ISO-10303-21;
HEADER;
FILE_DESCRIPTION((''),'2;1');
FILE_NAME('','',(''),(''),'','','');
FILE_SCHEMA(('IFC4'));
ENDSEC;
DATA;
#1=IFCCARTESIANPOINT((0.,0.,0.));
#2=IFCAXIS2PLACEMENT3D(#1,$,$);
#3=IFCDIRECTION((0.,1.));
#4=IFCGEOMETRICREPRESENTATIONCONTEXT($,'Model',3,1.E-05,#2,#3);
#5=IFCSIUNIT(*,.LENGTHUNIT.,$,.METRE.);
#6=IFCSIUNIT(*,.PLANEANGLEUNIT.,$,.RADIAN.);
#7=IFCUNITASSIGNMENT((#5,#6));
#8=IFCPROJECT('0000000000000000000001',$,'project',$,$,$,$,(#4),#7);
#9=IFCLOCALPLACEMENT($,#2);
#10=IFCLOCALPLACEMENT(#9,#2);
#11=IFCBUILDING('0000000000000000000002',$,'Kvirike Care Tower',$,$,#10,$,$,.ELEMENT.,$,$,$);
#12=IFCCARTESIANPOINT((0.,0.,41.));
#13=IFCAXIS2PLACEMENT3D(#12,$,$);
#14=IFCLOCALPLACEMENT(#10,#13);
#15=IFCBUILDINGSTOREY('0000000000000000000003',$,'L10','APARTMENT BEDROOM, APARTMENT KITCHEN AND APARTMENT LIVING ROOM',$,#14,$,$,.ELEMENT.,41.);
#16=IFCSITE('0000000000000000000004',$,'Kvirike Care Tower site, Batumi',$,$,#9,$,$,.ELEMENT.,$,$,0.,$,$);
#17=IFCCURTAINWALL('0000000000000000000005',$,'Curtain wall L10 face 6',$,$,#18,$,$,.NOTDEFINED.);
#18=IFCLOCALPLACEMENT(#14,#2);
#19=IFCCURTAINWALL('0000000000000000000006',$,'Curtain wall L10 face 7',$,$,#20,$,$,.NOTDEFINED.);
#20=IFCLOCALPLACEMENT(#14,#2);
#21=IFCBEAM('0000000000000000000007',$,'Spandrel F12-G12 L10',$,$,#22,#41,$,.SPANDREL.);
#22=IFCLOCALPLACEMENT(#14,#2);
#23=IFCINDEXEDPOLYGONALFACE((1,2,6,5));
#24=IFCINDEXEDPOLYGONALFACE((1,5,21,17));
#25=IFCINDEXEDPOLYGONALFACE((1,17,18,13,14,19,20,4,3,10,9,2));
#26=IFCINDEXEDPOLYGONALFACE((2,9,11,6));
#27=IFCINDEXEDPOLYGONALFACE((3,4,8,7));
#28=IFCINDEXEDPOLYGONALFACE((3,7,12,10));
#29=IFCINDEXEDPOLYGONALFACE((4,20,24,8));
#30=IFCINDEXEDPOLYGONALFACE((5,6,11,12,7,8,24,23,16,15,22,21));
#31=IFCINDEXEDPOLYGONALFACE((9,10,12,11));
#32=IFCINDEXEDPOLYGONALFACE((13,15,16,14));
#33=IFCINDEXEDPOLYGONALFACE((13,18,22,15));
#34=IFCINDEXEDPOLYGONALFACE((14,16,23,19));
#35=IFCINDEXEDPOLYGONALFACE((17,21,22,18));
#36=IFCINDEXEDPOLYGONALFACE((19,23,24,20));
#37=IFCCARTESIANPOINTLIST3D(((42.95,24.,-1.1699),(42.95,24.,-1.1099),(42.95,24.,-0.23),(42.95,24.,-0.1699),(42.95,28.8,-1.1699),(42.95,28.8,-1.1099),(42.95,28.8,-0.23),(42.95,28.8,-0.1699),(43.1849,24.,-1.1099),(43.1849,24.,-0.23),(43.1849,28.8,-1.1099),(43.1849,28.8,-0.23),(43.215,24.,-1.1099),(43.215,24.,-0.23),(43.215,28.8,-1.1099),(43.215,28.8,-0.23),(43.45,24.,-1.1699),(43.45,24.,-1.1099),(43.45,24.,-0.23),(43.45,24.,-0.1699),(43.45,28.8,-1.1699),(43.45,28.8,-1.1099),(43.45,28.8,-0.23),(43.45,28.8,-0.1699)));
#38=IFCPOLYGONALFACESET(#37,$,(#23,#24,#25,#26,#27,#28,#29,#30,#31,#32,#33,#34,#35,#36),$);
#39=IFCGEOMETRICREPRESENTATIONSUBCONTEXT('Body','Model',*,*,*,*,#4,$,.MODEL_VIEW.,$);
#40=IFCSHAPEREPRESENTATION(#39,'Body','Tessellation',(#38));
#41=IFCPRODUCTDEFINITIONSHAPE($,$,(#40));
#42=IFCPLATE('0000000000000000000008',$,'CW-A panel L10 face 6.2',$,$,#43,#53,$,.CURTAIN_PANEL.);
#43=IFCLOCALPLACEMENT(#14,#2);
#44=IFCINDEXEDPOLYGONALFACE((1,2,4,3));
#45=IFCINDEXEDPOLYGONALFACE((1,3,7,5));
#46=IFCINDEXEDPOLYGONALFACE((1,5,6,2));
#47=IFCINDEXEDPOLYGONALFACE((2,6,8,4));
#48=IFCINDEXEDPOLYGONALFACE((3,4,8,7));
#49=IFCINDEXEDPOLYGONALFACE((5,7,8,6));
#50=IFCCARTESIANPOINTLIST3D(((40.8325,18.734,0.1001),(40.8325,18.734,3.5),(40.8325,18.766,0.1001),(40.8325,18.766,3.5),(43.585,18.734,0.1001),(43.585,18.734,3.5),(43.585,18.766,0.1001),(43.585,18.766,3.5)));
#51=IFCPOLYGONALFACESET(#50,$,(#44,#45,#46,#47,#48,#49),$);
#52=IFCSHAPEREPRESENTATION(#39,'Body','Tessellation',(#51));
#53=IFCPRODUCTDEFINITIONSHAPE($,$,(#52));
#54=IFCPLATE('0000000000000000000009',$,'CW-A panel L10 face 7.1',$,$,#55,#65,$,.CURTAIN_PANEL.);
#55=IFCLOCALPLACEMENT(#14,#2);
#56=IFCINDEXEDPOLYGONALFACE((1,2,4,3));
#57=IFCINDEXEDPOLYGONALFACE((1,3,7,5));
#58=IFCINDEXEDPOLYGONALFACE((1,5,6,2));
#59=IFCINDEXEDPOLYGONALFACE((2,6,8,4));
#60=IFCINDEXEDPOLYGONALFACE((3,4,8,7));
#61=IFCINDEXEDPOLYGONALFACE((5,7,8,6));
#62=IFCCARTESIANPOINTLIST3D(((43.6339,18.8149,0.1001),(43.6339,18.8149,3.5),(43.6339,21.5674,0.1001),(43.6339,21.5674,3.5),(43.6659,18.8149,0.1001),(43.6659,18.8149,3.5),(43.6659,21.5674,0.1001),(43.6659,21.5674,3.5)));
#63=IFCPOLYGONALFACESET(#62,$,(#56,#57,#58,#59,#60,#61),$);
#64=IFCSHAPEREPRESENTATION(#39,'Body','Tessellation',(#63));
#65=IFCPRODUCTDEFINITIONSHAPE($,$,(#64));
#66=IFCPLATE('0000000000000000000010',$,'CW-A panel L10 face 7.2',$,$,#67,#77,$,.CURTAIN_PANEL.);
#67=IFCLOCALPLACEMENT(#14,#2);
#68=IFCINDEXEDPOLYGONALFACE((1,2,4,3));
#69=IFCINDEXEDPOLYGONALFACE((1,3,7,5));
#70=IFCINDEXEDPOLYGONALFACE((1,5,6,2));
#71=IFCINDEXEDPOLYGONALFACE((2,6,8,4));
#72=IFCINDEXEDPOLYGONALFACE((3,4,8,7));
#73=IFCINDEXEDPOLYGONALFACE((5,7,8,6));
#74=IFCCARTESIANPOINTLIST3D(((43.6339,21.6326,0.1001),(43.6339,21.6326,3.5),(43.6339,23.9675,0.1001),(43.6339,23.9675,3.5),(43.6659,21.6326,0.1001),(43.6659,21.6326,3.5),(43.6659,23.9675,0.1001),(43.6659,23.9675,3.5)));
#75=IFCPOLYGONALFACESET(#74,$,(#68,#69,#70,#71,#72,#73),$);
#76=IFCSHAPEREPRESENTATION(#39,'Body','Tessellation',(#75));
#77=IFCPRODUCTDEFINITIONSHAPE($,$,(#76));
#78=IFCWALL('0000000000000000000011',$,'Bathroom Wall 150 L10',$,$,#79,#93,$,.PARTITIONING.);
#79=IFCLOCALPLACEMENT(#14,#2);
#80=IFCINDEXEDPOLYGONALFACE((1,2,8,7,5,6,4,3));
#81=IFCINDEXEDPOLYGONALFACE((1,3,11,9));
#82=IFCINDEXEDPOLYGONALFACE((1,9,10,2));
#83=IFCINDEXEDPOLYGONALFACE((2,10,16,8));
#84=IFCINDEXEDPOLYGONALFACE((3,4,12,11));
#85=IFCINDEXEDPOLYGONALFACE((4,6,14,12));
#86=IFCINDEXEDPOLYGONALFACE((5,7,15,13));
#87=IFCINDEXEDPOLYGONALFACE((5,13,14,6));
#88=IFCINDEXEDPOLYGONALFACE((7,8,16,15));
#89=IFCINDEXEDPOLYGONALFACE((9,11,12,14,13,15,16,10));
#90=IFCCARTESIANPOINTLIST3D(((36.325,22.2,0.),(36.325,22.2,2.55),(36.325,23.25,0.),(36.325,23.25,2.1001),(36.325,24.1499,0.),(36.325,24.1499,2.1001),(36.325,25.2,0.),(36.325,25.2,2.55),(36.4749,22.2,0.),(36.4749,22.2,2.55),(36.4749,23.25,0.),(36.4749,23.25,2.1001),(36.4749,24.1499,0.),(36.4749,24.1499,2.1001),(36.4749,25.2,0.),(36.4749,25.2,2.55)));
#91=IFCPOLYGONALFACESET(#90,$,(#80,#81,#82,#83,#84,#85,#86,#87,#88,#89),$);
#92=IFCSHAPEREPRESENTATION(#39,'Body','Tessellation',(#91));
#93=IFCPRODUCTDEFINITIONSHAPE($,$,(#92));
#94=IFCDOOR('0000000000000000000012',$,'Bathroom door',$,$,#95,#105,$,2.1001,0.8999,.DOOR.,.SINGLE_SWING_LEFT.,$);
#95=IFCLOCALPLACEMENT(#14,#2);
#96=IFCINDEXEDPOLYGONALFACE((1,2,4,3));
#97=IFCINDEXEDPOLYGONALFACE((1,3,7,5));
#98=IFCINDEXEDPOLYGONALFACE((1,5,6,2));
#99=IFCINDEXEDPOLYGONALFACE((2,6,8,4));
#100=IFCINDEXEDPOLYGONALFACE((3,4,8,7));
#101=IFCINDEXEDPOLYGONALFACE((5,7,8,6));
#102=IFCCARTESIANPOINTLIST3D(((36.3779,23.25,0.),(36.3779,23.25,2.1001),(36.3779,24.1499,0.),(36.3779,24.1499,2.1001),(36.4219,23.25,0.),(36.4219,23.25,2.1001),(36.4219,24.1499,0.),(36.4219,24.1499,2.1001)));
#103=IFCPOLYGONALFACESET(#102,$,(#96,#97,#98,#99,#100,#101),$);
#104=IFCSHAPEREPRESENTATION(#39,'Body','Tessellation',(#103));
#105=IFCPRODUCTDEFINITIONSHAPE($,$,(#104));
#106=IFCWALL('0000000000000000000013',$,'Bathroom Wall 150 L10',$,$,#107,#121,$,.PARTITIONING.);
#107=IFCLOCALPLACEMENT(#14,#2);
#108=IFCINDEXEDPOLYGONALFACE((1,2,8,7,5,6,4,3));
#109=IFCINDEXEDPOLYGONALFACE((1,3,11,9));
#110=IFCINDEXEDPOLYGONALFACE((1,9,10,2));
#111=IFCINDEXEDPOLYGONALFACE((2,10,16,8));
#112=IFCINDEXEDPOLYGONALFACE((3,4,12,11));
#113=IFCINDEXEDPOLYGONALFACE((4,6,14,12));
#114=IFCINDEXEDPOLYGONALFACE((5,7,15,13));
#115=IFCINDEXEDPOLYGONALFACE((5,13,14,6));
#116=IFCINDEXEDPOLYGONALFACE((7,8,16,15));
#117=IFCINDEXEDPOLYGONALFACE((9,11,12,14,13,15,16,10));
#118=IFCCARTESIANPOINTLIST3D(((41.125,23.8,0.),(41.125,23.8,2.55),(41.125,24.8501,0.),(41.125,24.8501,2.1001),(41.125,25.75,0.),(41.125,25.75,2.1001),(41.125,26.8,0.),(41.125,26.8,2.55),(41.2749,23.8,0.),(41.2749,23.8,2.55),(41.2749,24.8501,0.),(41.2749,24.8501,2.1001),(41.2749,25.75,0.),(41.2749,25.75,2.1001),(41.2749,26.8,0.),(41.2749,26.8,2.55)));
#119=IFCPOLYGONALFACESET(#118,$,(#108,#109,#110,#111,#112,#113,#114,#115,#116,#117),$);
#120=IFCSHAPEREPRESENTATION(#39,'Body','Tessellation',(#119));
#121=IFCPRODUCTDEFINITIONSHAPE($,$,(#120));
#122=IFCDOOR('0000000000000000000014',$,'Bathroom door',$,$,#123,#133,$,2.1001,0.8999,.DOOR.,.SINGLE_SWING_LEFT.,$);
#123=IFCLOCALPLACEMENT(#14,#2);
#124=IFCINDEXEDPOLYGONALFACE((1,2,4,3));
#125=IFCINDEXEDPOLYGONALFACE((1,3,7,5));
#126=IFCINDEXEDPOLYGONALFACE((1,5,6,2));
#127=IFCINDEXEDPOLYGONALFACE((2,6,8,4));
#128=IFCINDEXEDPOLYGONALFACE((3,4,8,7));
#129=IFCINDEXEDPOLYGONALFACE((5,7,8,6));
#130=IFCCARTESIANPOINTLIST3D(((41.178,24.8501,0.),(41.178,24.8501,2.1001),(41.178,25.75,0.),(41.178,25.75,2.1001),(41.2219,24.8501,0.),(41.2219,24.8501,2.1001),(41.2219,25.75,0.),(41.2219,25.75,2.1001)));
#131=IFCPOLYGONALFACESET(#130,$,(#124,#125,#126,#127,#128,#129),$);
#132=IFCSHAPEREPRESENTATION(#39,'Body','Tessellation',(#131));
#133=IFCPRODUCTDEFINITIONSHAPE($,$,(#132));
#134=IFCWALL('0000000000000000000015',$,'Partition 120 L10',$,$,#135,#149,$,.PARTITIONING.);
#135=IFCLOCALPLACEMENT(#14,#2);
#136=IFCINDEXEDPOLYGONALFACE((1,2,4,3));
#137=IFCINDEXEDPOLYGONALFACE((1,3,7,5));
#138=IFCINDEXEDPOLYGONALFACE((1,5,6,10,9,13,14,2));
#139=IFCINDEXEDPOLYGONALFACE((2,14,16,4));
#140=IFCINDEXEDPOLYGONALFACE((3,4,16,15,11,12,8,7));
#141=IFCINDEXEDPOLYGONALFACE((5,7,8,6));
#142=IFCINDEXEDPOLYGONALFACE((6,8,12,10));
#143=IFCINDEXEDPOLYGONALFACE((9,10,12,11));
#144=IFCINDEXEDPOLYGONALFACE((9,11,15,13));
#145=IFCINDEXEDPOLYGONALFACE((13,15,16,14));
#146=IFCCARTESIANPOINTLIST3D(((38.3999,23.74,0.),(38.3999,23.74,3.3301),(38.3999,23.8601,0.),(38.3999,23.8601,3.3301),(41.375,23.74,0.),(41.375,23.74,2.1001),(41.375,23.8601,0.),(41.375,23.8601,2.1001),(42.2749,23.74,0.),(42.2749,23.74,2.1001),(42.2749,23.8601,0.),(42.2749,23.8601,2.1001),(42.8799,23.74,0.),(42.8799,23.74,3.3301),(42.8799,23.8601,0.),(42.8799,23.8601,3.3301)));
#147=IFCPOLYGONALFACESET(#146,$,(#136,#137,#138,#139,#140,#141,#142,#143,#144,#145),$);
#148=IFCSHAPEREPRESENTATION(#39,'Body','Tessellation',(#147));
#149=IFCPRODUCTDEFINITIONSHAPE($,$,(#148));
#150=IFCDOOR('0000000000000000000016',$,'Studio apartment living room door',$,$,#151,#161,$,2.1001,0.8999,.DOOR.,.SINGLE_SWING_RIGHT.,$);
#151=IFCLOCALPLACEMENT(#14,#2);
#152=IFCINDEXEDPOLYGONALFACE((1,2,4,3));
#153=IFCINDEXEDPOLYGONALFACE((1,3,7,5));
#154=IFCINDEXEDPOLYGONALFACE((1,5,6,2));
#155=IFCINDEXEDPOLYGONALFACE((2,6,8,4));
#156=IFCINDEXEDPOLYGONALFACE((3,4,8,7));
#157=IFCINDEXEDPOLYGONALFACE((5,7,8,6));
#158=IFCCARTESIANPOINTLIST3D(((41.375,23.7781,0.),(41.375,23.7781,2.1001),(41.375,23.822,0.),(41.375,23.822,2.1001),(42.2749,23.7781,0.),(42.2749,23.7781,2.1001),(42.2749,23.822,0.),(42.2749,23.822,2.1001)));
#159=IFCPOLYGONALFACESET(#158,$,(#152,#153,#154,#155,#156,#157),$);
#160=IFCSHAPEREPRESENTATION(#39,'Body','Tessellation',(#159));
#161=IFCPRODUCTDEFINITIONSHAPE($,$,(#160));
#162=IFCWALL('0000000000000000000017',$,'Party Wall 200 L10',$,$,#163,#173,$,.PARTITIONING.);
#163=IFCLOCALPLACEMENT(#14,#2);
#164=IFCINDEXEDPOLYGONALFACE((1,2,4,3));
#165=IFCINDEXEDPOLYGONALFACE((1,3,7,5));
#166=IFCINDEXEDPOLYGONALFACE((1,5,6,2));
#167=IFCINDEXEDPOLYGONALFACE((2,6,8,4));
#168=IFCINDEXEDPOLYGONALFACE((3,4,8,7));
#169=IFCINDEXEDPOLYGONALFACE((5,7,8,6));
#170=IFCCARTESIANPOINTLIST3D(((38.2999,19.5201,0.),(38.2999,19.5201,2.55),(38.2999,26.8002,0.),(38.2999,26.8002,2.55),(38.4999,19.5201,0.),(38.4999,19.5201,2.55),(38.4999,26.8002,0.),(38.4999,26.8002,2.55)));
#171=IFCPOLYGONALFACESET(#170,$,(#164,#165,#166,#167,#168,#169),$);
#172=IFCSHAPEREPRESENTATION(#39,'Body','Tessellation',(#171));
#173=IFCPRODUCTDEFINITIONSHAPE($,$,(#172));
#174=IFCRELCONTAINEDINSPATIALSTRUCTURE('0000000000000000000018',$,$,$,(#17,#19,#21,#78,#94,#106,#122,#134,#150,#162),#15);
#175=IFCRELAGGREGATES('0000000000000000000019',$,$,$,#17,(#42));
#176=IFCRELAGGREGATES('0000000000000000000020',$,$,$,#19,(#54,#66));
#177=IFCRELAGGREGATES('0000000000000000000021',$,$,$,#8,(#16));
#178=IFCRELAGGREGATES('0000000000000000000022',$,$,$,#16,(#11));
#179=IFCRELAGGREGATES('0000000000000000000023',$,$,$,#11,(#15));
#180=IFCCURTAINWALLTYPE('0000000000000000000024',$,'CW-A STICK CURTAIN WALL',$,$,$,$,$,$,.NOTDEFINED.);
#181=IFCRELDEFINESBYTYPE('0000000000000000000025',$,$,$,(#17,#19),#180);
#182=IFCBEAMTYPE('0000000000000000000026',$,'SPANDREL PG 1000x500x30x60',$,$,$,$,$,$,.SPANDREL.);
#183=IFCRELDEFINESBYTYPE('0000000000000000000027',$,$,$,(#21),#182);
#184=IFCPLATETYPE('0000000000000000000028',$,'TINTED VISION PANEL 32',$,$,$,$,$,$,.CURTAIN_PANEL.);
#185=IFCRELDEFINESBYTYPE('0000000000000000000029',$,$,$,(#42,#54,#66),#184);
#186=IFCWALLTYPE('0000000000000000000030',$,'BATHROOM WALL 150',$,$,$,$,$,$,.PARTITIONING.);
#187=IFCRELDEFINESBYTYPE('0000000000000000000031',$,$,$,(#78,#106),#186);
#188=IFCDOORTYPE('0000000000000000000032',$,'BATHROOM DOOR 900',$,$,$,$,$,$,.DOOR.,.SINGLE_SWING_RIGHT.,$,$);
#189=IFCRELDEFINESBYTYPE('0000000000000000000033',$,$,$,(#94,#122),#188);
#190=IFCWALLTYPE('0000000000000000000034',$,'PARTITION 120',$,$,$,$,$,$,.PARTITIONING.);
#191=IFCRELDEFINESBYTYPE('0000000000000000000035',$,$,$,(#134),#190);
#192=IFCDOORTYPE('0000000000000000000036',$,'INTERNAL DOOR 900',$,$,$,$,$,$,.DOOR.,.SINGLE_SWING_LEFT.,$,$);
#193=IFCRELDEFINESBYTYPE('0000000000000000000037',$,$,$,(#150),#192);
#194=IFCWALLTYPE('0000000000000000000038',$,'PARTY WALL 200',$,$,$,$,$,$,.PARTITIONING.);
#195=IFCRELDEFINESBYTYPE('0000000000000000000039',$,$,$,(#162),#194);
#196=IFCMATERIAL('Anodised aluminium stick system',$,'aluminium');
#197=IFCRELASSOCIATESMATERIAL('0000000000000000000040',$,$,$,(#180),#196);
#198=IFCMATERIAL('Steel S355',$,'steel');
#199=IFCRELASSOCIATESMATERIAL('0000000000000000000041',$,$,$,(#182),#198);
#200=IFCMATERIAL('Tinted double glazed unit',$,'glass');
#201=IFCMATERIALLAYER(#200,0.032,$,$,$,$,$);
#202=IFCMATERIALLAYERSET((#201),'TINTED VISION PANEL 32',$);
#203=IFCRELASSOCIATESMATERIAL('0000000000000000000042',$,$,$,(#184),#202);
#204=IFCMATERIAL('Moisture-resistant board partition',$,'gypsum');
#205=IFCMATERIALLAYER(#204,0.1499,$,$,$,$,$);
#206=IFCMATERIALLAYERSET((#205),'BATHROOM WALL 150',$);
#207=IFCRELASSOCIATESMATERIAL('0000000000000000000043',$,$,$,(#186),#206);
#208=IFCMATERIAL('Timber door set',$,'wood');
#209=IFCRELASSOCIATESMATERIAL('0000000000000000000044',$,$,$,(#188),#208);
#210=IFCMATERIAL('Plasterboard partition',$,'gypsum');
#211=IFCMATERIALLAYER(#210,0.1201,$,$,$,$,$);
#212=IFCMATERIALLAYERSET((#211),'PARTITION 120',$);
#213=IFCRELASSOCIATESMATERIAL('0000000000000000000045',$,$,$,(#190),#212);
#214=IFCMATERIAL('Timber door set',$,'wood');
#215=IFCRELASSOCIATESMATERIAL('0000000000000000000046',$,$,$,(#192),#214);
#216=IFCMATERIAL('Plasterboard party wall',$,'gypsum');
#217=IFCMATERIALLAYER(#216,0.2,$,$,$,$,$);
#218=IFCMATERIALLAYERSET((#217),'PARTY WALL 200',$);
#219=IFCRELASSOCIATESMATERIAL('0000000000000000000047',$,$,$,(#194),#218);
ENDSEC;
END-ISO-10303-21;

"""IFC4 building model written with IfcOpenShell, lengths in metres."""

from ifc_helpers import new_model, si_unit, direction, frame, frame_2d, origin, origin_2d, place, context, subcontext, project, spatial, rectangle, i_section, extrude, material, layer, layer_set, material_profile, profile_set, type_object, element, fill, aggregate, save


model = new_model("IFC4")

# Units and contexts
model_context = context("Model", 3, precision=1e-05, world=origin(), true_north=direction((0.0, 1.0)))
body_context = subcontext(model_context, "Body", "Model", "MODEL_VIEW")
ifc_project = project(units=[si_unit("LENGTHUNIT", "METRE"), si_unit("PLANEANGLEUNIT", "RADIAN")], contexts=[model_context])

# Site, building, storey
site_placement = place(None, origin())
site = spatial("IfcSite", under=ifc_project, at=site_placement, Name="Kvirike Care Tower site, Batumi", CompositionType="ELEMENT", RefElevation=0.0)
building_placement = place(site_placement, origin())
building = spatial("IfcBuilding", under=site, at=building_placement, Name="Kvirike Care Tower", CompositionType="ELEMENT")
storey_placement = place(building_placement, frame((0.0, 0.0, 41.0)))
storey = spatial("IfcBuildingStorey", under=building, at=storey_placement, Name="L10", Description="APARTMENT BEDROOM, APARTMENT KITCHEN AND APARTMENT LIVING ROOM", CompositionType="ELEMENT", Elevation=41.0)

# Curtain wall
ifc_material_1 = material(Name="Anodised aluminium stick system", Category="aluminium")
curtain_wall_type = type_object("IfcCurtainWallType", Name="CW-A STICK CURTAIN WALL", PredefinedType="NOTDEFINED", material=ifc_material_1)
curtain_wall_1_placement = place(storey_placement, origin())
curtain_wall_1 = element("IfcCurtainWall", 1, at=curtain_wall_1_placement, inside=storey, type_object=curtain_wall_type, Name="Curtain wall L10 face 6", PredefinedType="NOTDEFINED")

# Curtain wall
curtain_wall_2_placement = place(storey_placement, origin())
curtain_wall_2 = element("IfcCurtainWall", 2, at=curtain_wall_2_placement, inside=storey, type_object=curtain_wall_type, Name="Curtain wall L10 face 7", PredefinedType="NOTDEFINED")

# Beam
ifc_material_2 = material(Name="Steel S355", Category="steel")
ifc_material_profile_1 = material_profile(ifc_material_2, i_section(OverallWidth=0.5, OverallDepth=1.0, WebThickness=0.03, FlangeThickness=0.0601, at=origin_2d()), Name="PG 1000x500x30x60")
ifc_profile_set_1 = profile_set([ifc_material_profile_1], Name="Steel S355")
beam_type = type_object("IfcBeamType", Name="SPANDREL PG 1000x500x30x60", PredefinedType="SPANDREL", material=ifc_profile_set_1)
for number, where, z_axis, x_axis, name in (
    (3, (43.2, 24.0, -0.6699), (0.0, 1.0, 0.0), (-1.0, 0.0, 0.0), "Spandrel F12-G12 L10"),
):
    element("IfcBeam", number, at=place(storey_placement, frame(where, z_axis=z_axis, x_axis=x_axis)), inside=storey, type_object=beam_type, Name=name, PredefinedType="SPANDREL", context=body_context, shape_type="SweptSolid", body=[
        extrude(i_section(OverallWidth=0.5, OverallDepth=1.0, WebThickness=0.03, FlangeThickness=0.0601, at=origin_2d()), origin(), (0.0, 0.0, 1.0), 4.8),
    ])

# Plates
ifc_material_3 = material(Name="Tinted double glazed unit", Category="glass")
ifc_layer_1 = layer(ifc_material_3, 0.032)
ifc_layer_set_1 = layer_set([ifc_layer_1], Name="TINTED VISION PANEL 32")
plate_type = type_object("IfcPlateType", Name="TINTED VISION PANEL 32", PredefinedType="CURTAIN_PANEL", material=ifc_layer_set_1)
plate_1_placement = place(storey_placement, frame((42.2087, 18.75, 0.1001), z_axis=(0.0, 0.0, 1.0), x_axis=(1.0, 0.0, 0.0)))
plate_1 = element("IfcPlate", 4, at=plate_1_placement, type_object=plate_type, Name="CW-A panel L10 face 6.2", PredefinedType="CURTAIN_PANEL", context=body_context, shape_type="SweptSolid", body=[
    extrude(rectangle(XDim=2.7524, YDim=0.032, at=origin_2d()), origin(), (0.0, 0.0, 1.0), 3.3999),
])
aggregate(curtain_wall_1, [plate_1])
plate_2_placement = place(storey_placement, frame((43.6499, 20.1912, 0.1001), z_axis=(0.0, 0.0, 1.0), x_axis=(0.0, 1.0, 0.0)))
plate_2 = element("IfcPlate", 5, at=plate_2_placement, type_object=plate_type, Name="CW-A panel L10 face 7.1", PredefinedType="CURTAIN_PANEL", context=body_context, shape_type="SweptSolid", body=[
    extrude(rectangle(XDim=2.7524, YDim=0.032, at=origin_2d()), origin(), (0.0, 0.0, 1.0), 3.3999),
])
plate_3_placement = place(storey_placement, frame((43.6499, 22.8, 0.1001), z_axis=(0.0, 0.0, 1.0), x_axis=(0.0, 1.0, 0.0)))
plate_3 = element("IfcPlate", 6, at=plate_3_placement, type_object=plate_type, Name="CW-A panel L10 face 7.2", PredefinedType="CURTAIN_PANEL", context=body_context, shape_type="SweptSolid", body=[
    extrude(rectangle(XDim=2.335, YDim=0.032, at=origin_2d()), origin(), (0.0, 0.0, 1.0), 3.3999),
])
aggregate(curtain_wall_2, [plate_2, plate_3])

# Walls, openings, doors
ifc_material_4 = material(Name="Moisture-resistant board partition", Category="gypsum")
ifc_layer_2 = layer(ifc_material_4, 0.1499)
ifc_layer_set_2 = layer_set([ifc_layer_2], Name="BATHROOM WALL 150")
wall_type_1 = type_object("IfcWallType", Name="BATHROOM WALL 150", PredefinedType="PARTITIONING", material=ifc_layer_set_2)
wall_1_placement = place(storey_placement, frame((36.3999, 22.2, 0.0), z_axis=(0.0, 0.0, 1.0), x_axis=(0.0, 1.0, 0.0)))
wall_1 = element("IfcWall", 7, at=wall_1_placement, inside=storey, type_object=wall_type_1, Name="Bathroom Wall 150 L10", PredefinedType="PARTITIONING", context=body_context, shape_type="SweptSolid", body=[
    extrude(rectangle(XDim=3.0, YDim=0.1499, at=frame_2d((1.5, 0.0))), origin(), (0.0, 0.0, 1.0), 2.55),
])
opening_1_placement = place(wall_1_placement, frame((1.05, 0.0, 0.0)))
opening_1 = element("IfcOpeningElement", 8, at=opening_1_placement, cuts=wall_1, PredefinedType="OPENING", context=body_context, shape_type="SweptSolid", body=[
    extrude(rectangle(XDim=0.8999, YDim=2.1001, at=frame_2d((0.45, 1.05))), frame((0.0, 0.0854, 0.0), z_axis=(0.0, -1.0, 0.0), x_axis=(1.0, 0.0, 0.0)), (0.0, 0.0, 1.0), 0.1709),
])
ifc_material_5 = material(Name="Timber door set", Category="wood")
door_type_1 = type_object("IfcDoorType", Name="BATHROOM DOOR 900", OperationType="SINGLE_SWING_RIGHT", PredefinedType="DOOR", material=ifc_material_5)
door_1_placement = place(opening_1_placement, origin())
door_1 = element("IfcDoor", 9, at=door_1_placement, inside=storey, type_object=door_type_1, Name="Bathroom door", OperationType="SINGLE_SWING_LEFT", OverallHeight=2.1001, OverallWidth=0.8999, PredefinedType="DOOR", context=body_context, shape_type="SweptSolid", body=[
    extrude(rectangle(XDim=0.8999, YDim=2.1001, at=frame_2d((0.45, 1.05))), frame((0.0, 0.022, 0.0), z_axis=(0.0, -1.0, 0.0), x_axis=(1.0, 0.0, 0.0)), (0.0, 0.0, 1.0), 0.0439),
])
fill(opening_1, door_1)
wall_2_placement = place(storey_placement, frame((41.2, 23.8, 0.0), z_axis=(0.0, 0.0, 1.0), x_axis=(0.0, 1.0, 0.0)))
wall_2 = element("IfcWall", 10, at=wall_2_placement, inside=storey, type_object=wall_type_1, Name="Bathroom Wall 150 L10", PredefinedType="PARTITIONING", context=body_context, shape_type="SweptSolid", body=[
    extrude(rectangle(XDim=3.0, YDim=0.1499, at=frame_2d((1.5, 0.0))), origin(), (0.0, 0.0, 1.0), 2.55),
])
opening_2_placement = place(wall_2_placement, frame((1.05, 0.0, 0.0)))
opening_2 = element("IfcOpeningElement", 11, at=opening_2_placement, cuts=wall_2, PredefinedType="OPENING", context=body_context, shape_type="SweptSolid", body=[
    extrude(rectangle(XDim=0.8999, YDim=2.1001, at=frame_2d((0.45, 1.05))), frame((0.0, 0.0854, 0.0), z_axis=(0.0, -1.0, 0.0), x_axis=(1.0, 0.0, 0.0)), (0.0, 0.0, 1.0), 0.1709),
])
door_2_placement = place(opening_2_placement, origin())
door_2 = element("IfcDoor", 12, at=door_2_placement, inside=storey, type_object=door_type_1, Name="Bathroom door", OperationType="SINGLE_SWING_LEFT", OverallHeight=2.1001, OverallWidth=0.8999, PredefinedType="DOOR", context=body_context, shape_type="SweptSolid", body=[
    extrude(rectangle(XDim=0.8999, YDim=2.1001, at=frame_2d((0.45, 1.05))), frame((0.0, 0.022, 0.0), z_axis=(0.0, -1.0, 0.0), x_axis=(1.0, 0.0, 0.0)), (0.0, 0.0, 1.0), 0.0439),
])
fill(opening_2, door_2)
ifc_material_6 = material(Name="Plasterboard partition", Category="gypsum")
ifc_layer_3 = layer(ifc_material_6, 0.1201)
ifc_layer_set_3 = layer_set([ifc_layer_3], Name="PARTITION 120")
wall_type_2 = type_object("IfcWallType", Name="PARTITION 120", PredefinedType="PARTITIONING", material=ifc_layer_set_3)
wall_3_placement = place(storey_placement, frame((38.3999, 23.8, 0.0), z_axis=(0.0, 0.0, 1.0), x_axis=(1.0, 0.0, 0.0)))
wall_3 = element("IfcWall", 13, at=wall_3_placement, inside=storey, type_object=wall_type_2, Name="Partition 120 L10", PredefinedType="PARTITIONING", context=body_context, shape_type="SweptSolid", body=[
    extrude(rectangle(XDim=4.48, YDim=0.1201, at=frame_2d((2.24, 0.0))), origin(), (0.0, 0.0, 1.0), 3.3301),
])
opening_3_placement = place(wall_3_placement, frame((2.9751, 0.0, 0.0)))
opening_3 = element("IfcOpeningElement", 14, at=opening_3_placement, cuts=wall_3, PredefinedType="OPENING", context=body_context, shape_type="SweptSolid", body=[
    extrude(rectangle(XDim=0.8999, YDim=2.1001, at=frame_2d((0.45, 1.05))), frame((0.0, 0.0706, 0.0), z_axis=(0.0, -1.0, 0.0), x_axis=(1.0, 0.0, 0.0)), (0.0, 0.0, 1.0), 0.1411),
])
ifc_material_7 = material(Name="Timber door set", Category="wood")
door_type_2 = type_object("IfcDoorType", Name="INTERNAL DOOR 900", OperationType="SINGLE_SWING_LEFT", PredefinedType="DOOR", material=ifc_material_7)
door_3_placement = place(opening_3_placement, origin())
door_3 = element("IfcDoor", 15, at=door_3_placement, inside=storey, type_object=door_type_2, Name="Studio apartment living room door", OperationType="SINGLE_SWING_RIGHT", OverallHeight=2.1001, OverallWidth=0.8999, PredefinedType="DOOR", context=body_context, shape_type="SweptSolid", body=[
    extrude(rectangle(XDim=0.8999, YDim=2.1001, at=frame_2d((0.45, 1.05))), frame((0.0, 0.022, 0.0), z_axis=(0.0, -1.0, 0.0), x_axis=(1.0, 0.0, 0.0)), (0.0, 0.0, 1.0), 0.0439),
])
fill(opening_3, door_3)

# Wall
ifc_material_8 = material(Name="Plasterboard party wall", Category="gypsum")
ifc_layer_4 = layer(ifc_material_8, 0.2)
ifc_layer_set_4 = layer_set([ifc_layer_4], Name="PARTY WALL 200")
wall_type_3 = type_object("IfcWallType", Name="PARTY WALL 200", PredefinedType="PARTITIONING", material=ifc_layer_set_4)
wall_4_placement = place(storey_placement, frame((38.3999, 19.52, 0.0), z_axis=(0.0, 0.0, 1.0), x_axis=(0.0, 1.0, 0.0)))
element("IfcWall", 16, at=wall_4_placement, inside=storey, type_object=wall_type_3, Name="Party Wall 200 L10", PredefinedType="PARTITIONING", context=body_context, shape_type="SweptSolid", body=[
    extrude(rectangle(XDim=7.28, YDim=0.2, at=frame_2d((3.6401, 0.0))), origin(), (0.0, 0.0, 1.0), 2.55),
])

save(model, "model.ifc")
